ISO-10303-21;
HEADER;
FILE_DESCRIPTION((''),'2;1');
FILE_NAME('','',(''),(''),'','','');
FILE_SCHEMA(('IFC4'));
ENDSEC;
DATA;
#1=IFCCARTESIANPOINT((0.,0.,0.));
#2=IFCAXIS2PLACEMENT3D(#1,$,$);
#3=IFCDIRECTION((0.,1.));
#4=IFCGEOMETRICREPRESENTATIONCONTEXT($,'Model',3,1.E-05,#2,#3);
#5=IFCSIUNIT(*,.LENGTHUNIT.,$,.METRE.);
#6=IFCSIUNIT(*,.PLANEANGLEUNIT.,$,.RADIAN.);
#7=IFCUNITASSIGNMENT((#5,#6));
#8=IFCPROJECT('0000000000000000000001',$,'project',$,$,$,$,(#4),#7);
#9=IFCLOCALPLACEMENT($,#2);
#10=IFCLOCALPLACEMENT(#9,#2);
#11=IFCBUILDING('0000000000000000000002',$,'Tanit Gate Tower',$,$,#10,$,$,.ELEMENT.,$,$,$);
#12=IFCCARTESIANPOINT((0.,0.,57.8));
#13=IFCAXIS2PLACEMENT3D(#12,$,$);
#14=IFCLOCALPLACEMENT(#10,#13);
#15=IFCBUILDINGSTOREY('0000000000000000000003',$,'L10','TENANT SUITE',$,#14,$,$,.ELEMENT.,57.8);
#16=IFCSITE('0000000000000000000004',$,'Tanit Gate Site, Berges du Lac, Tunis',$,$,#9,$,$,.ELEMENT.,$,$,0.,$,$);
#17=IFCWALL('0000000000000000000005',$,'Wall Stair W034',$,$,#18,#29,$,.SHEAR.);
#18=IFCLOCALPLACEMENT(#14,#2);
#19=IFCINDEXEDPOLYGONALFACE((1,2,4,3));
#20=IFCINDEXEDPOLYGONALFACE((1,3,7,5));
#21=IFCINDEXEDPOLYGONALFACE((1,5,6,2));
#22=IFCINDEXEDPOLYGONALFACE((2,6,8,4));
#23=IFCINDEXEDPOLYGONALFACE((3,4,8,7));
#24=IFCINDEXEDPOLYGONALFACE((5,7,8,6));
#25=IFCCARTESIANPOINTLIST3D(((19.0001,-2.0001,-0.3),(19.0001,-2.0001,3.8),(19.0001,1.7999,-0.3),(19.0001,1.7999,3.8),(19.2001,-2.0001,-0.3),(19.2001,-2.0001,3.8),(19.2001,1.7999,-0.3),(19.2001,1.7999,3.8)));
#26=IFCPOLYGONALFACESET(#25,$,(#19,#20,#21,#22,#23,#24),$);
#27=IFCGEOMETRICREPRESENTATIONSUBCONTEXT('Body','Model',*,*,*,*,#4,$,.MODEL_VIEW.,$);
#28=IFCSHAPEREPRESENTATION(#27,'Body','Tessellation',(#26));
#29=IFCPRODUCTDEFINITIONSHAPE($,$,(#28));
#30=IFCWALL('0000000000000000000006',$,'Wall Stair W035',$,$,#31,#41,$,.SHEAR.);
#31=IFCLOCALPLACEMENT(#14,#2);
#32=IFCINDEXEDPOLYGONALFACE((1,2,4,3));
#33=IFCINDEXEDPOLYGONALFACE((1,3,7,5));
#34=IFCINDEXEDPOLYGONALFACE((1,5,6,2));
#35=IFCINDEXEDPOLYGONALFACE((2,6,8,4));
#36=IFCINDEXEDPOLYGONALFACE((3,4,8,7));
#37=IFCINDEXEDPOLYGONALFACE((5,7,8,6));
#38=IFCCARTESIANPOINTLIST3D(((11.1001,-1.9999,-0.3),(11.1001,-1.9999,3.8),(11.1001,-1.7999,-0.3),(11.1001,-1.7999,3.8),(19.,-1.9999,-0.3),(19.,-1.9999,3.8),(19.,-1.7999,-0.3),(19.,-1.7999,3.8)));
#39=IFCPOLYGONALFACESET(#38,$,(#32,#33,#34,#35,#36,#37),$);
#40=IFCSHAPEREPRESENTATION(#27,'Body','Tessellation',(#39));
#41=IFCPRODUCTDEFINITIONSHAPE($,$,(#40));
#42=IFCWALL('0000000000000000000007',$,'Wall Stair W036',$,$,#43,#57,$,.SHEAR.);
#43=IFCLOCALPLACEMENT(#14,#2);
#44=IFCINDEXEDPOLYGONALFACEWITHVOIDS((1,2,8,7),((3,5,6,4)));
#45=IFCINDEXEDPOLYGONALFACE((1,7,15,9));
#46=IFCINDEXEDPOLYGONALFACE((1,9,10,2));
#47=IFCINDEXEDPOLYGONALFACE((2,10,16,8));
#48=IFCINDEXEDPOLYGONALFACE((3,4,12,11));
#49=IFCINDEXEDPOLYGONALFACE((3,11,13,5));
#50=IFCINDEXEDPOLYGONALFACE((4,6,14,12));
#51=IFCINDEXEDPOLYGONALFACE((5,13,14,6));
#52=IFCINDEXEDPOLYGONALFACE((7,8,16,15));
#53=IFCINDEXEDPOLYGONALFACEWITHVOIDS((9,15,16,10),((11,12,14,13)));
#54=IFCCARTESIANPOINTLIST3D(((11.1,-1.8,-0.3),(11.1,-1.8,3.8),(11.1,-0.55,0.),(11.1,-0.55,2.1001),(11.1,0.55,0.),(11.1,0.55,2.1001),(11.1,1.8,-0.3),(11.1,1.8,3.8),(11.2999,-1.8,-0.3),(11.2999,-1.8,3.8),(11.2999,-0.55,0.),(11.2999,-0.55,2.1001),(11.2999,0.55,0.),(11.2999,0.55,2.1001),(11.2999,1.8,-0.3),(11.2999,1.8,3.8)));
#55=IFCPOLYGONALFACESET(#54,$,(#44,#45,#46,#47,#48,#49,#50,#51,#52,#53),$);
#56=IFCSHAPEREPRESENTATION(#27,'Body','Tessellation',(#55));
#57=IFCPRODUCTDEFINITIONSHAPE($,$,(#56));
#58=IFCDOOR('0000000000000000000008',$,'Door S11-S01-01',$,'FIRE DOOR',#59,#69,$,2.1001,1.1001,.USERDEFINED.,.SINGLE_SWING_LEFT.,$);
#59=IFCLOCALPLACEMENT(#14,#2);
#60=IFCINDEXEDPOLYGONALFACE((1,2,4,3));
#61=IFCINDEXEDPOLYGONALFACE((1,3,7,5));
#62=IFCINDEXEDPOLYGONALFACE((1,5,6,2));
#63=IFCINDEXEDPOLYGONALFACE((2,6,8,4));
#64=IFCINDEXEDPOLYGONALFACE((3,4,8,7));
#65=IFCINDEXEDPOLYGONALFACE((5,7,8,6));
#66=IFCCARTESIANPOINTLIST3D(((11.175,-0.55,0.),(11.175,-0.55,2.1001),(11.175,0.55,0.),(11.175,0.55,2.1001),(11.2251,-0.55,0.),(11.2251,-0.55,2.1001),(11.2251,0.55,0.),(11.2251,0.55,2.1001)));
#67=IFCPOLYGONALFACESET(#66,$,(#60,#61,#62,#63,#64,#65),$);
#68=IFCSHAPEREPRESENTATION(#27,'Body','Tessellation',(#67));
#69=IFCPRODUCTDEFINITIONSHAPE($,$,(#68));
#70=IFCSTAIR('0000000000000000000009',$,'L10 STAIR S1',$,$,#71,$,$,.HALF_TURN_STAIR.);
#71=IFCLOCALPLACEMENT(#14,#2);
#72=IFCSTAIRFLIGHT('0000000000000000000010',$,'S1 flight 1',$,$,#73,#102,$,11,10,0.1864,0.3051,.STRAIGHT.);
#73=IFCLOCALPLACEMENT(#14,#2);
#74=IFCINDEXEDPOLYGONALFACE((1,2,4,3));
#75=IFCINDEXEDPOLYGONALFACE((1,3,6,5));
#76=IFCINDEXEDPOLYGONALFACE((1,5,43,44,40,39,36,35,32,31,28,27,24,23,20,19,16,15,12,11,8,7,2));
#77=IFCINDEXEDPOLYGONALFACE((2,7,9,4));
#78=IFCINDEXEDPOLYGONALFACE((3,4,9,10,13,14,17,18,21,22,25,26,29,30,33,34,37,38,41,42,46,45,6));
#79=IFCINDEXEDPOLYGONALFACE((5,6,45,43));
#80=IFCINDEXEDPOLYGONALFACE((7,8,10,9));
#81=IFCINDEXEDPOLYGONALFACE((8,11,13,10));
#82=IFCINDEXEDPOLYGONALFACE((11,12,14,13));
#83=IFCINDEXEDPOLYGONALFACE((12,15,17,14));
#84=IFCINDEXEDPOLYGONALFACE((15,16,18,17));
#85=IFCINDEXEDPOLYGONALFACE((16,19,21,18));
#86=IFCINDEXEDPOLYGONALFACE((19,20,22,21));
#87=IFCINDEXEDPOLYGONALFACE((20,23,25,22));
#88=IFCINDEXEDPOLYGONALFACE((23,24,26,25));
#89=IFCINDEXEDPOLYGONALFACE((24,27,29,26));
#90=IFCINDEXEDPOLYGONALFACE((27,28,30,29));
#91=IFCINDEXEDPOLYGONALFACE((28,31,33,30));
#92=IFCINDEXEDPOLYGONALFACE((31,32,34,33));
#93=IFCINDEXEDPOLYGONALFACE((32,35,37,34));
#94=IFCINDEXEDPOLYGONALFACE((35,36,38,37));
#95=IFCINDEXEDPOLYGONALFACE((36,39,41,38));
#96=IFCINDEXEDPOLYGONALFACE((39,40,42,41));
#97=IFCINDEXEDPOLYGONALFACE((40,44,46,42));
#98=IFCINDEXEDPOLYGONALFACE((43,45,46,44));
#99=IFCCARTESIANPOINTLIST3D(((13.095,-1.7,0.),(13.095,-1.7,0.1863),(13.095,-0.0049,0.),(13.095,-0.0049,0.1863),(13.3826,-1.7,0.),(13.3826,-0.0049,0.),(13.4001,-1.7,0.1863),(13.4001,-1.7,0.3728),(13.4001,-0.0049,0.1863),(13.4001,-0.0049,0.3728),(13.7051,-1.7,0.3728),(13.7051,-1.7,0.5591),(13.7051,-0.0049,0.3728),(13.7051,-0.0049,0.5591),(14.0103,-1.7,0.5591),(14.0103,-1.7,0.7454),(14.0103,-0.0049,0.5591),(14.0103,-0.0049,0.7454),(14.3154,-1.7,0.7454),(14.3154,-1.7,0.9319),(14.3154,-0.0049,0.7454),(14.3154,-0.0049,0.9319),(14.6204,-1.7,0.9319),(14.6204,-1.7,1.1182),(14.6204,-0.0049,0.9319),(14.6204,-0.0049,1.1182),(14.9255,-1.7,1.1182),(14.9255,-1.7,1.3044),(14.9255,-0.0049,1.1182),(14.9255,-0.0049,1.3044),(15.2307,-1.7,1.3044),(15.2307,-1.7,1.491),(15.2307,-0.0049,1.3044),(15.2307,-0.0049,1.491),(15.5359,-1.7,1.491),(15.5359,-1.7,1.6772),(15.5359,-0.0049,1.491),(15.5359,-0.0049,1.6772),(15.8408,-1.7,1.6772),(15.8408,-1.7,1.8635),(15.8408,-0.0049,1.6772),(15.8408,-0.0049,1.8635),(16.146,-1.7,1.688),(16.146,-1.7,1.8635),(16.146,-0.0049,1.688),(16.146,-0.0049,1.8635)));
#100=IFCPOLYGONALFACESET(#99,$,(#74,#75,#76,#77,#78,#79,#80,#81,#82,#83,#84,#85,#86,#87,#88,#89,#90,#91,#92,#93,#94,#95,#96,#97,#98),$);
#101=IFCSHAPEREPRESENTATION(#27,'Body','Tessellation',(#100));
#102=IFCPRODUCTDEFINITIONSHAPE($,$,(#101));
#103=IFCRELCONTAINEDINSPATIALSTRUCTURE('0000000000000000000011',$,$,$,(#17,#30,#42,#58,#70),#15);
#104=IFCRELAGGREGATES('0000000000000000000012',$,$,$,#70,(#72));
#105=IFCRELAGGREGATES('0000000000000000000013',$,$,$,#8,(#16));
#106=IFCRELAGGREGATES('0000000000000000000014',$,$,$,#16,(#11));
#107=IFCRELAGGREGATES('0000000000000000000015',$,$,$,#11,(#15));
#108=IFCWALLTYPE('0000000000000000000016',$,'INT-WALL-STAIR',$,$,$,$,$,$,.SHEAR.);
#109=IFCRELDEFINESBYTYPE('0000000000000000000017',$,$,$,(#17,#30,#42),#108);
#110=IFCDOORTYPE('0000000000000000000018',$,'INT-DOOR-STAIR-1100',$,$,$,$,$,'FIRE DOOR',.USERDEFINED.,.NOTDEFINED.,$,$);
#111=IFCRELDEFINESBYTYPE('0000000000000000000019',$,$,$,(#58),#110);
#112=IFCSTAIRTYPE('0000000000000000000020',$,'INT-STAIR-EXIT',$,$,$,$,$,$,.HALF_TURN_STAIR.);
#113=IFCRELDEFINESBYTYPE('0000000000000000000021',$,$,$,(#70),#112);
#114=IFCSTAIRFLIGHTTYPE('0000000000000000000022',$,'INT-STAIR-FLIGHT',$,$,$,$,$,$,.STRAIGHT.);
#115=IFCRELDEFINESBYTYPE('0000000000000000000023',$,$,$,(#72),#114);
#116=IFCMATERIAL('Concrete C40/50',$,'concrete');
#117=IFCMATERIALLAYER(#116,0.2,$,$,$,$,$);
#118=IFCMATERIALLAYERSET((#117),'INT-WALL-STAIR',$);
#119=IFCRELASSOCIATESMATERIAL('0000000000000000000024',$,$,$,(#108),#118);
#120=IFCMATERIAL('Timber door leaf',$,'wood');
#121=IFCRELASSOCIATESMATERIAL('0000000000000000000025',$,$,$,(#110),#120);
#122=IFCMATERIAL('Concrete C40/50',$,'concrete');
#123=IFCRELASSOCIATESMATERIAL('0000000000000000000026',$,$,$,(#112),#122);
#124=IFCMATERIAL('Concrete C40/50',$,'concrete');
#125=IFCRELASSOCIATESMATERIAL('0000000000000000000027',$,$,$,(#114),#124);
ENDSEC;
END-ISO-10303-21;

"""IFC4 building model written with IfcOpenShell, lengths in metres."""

from ifc_helpers import new_model, si_unit, direction, frame, frame_2d, origin, place, context, subcontext, project, spatial, polyline, rectangle, outline, extrude, material, layer, layer_set, type_object, element, fill, aggregate, save


model = new_model("IFC4")

# Units and contexts
model_context = context("Model", 3, precision=1e-05, world=origin(), true_north=direction((0.0, 1.0)))
body_context = subcontext(model_context, "Body", "Model", "MODEL_VIEW")
ifc_project = project(units=[si_unit("LENGTHUNIT", "METRE"), si_unit("PLANEANGLEUNIT", "RADIAN")], contexts=[model_context])

# Site, building, storey
site_placement = place(None, origin())
site = spatial("IfcSite", under=ifc_project, at=site_placement, Name="Tanit Gate Site, Berges du Lac, Tunis", CompositionType="ELEMENT", RefElevation=0.0)
building_placement = place(site_placement, origin())
building = spatial("IfcBuilding", under=site, at=building_placement, Name="Tanit Gate Tower", CompositionType="ELEMENT")
storey_placement = place(building_placement, frame((0.0, 0.0, 57.8)))
storey = spatial("IfcBuildingStorey", under=building, at=storey_placement, Name="L10", Description="TENANT SUITE", CompositionType="ELEMENT", Elevation=57.8)

# Walls
ifc_material_1 = material(Name="Concrete C40/50", Category="concrete")
ifc_layer_1 = layer(ifc_material_1, 0.2)
ifc_layer_set_1 = layer_set([ifc_layer_1], Name="INT-WALL-STAIR")
wall_type_1 = type_object("IfcWallType", Name="INT-WALL-STAIR", PredefinedType="SHEAR", material=ifc_layer_set_1)
wall_1_placement = place(storey_placement, frame((19.1001, -2.0, -0.3), z_axis=(0.0, 0.0, 1.0), x_axis=(0.0, 1.0, 0.0)))
element("IfcWall", 1, at=wall_1_placement, inside=storey, type_object=wall_type_1, Name="Wall Stair W034", PredefinedType="SHEAR", context=body_context, shape_type="SweptSolid", body=[
    extrude(rectangle(XDim=3.8, YDim=0.2, at=frame_2d((1.8999, 0.0))), origin(), (0.0, 0.0, 1.0), 4.1001),
])
wall_2_placement = place(storey_placement, frame((11.1001, -1.8999, -0.3), z_axis=(0.0, 0.0, 1.0), x_axis=(1.0, 0.0, 0.0)))
element("IfcWall", 2, at=wall_2_placement, inside=storey, type_object=wall_type_1, Name="Wall Stair W035", PredefinedType="SHEAR", context=body_context, shape_type="SweptSolid", body=[
    extrude(rectangle(XDim=7.8999, YDim=0.2, at=frame_2d((3.95, 0.0))), origin(), (0.0, 0.0, 1.0), 4.1001),
])

# Wall, opening, door
wall_3_placement = place(storey_placement, frame((11.2, -1.8, -0.3), z_axis=(0.0, 0.0, 1.0), x_axis=(0.0, 1.0, 0.0)))
wall_3 = element("IfcWall", 3, at=wall_3_placement, inside=storey, type_object=wall_type_1, Name="Wall Stair W036", PredefinedType="SHEAR", context=body_context, shape_type="SweptSolid", body=[
    extrude(rectangle(XDim=3.6001, YDim=0.2, at=frame_2d((1.8, 0.0))), origin(), (0.0, 0.0, 1.0), 4.1001),
])
opening_1_placement = place(wall_3_placement, frame((1.25, 0.0, 0.3)))
opening_1 = element("IfcOpeningElement", 4, at=opening_1_placement, cuts=wall_3, PredefinedType="OPENING", context=body_context, shape_type="SweptSolid", body=[
    extrude(rectangle(XDim=1.1001, YDim=2.1001, at=frame_2d((0.55, 1.05))), frame((0.0, 0.1099, 0.0), z_axis=(0.0, -1.0, 0.0), x_axis=(1.0, 0.0, 0.0)), (0.0, 0.0, 1.0), 0.22),
])
ifc_material_2 = material(Name="Timber door leaf", Category="wood")
door_type_1 = type_object("IfcDoorType", Name="INT-DOOR-STAIR-1100", ElementType="FIRE DOOR", OperationType="NOTDEFINED", PredefinedType="USERDEFINED", material=ifc_material_2)
door_1_placement = place(opening_1_placement, origin())
door_1 = element("IfcDoor", 5, at=door_1_placement, inside=storey, type_object=door_type_1, Name="Door S11-S01-01", ObjectType="FIRE DOOR", OperationType="SINGLE_SWING_LEFT", OverallHeight=2.1001, OverallWidth=1.1001, PredefinedType="USERDEFINED", context=body_context, shape_type="SweptSolid", body=[
    extrude(rectangle(XDim=1.1001, YDim=2.1001, at=frame_2d((0.55, 1.05))), frame((0.0, 0.0249, 0.0), z_axis=(0.0, -1.0, 0.0), x_axis=(1.0, 0.0, 0.0)), (0.0, 0.0, 1.0), 0.05),
])
fill(opening_1, door_1)

# Stair, stair flight
ifc_material_3 = material(Name="Concrete C40/50", Category="concrete")
stair_type = type_object("IfcStairType", Name="INT-STAIR-EXIT", PredefinedType="HALF_TURN_STAIR", material=ifc_material_3)
stair_placement = place(storey_placement, origin())
stair = element("IfcStair", 6, at=stair_placement, inside=storey, type_object=stair_type, Name="L10 STAIR S1", PredefinedType="HALF_TURN_STAIR")
ifc_material_4 = material(Name="Concrete C40/50", Category="concrete")
stair_flight_type = type_object("IfcStairFlightType", Name="INT-STAIR-FLIGHT", PredefinedType="STRAIGHT", material=ifc_material_4)
stair_flight_placement = place(storey_placement, frame((13.095, -0.8525, 0.0), z_axis=(0.0, 0.0, 1.0), x_axis=(1.0, 0.0, 0.0)))
stair_flight = element("IfcStairFlight", 7, at=stair_flight_placement, type_object=stair_flight_type, Name="S1 flight 1", NumberOfRisers=11, NumberOfTreads=10, PredefinedType="STRAIGHT", RiserHeight=0.1864, TreadLength=0.3051, context=body_context, shape_type="SweptSolid", body=[
    extrude(outline(polyline([(0.0, 0.0), (0.0, 0.1863), (0.3052, 0.1863), (0.3052, 0.3728), (0.6101, 0.3728), (0.6101, 0.5591), (0.9153, 0.5591), (0.9153, 0.7454), (1.2205, 0.7454), (1.2205, 0.9319), (1.5254, 0.9319), (1.5254, 1.1182), (1.8306, 1.1182), (1.8306, 1.3044), (2.1357, 1.3044), (2.1357, 1.491), (2.4409, 1.491), (2.4409, 1.6772), (2.7458, 1.6772), (2.7458, 1.8635), (3.051, 1.8635), (3.051, 2.05), (3.051, 1.688), (0.2876, 0.0), (0.0, 0.0)])), frame((0.0, 0.8477, 0.0), z_axis=(0.0, -1.0, 0.0), x_axis=(1.0, 0.0, 0.0)), (0.0, 0.0, 1.0), 1.6951),
])
aggregate(stair, [stair_flight])

save(model, "model.ifc")
